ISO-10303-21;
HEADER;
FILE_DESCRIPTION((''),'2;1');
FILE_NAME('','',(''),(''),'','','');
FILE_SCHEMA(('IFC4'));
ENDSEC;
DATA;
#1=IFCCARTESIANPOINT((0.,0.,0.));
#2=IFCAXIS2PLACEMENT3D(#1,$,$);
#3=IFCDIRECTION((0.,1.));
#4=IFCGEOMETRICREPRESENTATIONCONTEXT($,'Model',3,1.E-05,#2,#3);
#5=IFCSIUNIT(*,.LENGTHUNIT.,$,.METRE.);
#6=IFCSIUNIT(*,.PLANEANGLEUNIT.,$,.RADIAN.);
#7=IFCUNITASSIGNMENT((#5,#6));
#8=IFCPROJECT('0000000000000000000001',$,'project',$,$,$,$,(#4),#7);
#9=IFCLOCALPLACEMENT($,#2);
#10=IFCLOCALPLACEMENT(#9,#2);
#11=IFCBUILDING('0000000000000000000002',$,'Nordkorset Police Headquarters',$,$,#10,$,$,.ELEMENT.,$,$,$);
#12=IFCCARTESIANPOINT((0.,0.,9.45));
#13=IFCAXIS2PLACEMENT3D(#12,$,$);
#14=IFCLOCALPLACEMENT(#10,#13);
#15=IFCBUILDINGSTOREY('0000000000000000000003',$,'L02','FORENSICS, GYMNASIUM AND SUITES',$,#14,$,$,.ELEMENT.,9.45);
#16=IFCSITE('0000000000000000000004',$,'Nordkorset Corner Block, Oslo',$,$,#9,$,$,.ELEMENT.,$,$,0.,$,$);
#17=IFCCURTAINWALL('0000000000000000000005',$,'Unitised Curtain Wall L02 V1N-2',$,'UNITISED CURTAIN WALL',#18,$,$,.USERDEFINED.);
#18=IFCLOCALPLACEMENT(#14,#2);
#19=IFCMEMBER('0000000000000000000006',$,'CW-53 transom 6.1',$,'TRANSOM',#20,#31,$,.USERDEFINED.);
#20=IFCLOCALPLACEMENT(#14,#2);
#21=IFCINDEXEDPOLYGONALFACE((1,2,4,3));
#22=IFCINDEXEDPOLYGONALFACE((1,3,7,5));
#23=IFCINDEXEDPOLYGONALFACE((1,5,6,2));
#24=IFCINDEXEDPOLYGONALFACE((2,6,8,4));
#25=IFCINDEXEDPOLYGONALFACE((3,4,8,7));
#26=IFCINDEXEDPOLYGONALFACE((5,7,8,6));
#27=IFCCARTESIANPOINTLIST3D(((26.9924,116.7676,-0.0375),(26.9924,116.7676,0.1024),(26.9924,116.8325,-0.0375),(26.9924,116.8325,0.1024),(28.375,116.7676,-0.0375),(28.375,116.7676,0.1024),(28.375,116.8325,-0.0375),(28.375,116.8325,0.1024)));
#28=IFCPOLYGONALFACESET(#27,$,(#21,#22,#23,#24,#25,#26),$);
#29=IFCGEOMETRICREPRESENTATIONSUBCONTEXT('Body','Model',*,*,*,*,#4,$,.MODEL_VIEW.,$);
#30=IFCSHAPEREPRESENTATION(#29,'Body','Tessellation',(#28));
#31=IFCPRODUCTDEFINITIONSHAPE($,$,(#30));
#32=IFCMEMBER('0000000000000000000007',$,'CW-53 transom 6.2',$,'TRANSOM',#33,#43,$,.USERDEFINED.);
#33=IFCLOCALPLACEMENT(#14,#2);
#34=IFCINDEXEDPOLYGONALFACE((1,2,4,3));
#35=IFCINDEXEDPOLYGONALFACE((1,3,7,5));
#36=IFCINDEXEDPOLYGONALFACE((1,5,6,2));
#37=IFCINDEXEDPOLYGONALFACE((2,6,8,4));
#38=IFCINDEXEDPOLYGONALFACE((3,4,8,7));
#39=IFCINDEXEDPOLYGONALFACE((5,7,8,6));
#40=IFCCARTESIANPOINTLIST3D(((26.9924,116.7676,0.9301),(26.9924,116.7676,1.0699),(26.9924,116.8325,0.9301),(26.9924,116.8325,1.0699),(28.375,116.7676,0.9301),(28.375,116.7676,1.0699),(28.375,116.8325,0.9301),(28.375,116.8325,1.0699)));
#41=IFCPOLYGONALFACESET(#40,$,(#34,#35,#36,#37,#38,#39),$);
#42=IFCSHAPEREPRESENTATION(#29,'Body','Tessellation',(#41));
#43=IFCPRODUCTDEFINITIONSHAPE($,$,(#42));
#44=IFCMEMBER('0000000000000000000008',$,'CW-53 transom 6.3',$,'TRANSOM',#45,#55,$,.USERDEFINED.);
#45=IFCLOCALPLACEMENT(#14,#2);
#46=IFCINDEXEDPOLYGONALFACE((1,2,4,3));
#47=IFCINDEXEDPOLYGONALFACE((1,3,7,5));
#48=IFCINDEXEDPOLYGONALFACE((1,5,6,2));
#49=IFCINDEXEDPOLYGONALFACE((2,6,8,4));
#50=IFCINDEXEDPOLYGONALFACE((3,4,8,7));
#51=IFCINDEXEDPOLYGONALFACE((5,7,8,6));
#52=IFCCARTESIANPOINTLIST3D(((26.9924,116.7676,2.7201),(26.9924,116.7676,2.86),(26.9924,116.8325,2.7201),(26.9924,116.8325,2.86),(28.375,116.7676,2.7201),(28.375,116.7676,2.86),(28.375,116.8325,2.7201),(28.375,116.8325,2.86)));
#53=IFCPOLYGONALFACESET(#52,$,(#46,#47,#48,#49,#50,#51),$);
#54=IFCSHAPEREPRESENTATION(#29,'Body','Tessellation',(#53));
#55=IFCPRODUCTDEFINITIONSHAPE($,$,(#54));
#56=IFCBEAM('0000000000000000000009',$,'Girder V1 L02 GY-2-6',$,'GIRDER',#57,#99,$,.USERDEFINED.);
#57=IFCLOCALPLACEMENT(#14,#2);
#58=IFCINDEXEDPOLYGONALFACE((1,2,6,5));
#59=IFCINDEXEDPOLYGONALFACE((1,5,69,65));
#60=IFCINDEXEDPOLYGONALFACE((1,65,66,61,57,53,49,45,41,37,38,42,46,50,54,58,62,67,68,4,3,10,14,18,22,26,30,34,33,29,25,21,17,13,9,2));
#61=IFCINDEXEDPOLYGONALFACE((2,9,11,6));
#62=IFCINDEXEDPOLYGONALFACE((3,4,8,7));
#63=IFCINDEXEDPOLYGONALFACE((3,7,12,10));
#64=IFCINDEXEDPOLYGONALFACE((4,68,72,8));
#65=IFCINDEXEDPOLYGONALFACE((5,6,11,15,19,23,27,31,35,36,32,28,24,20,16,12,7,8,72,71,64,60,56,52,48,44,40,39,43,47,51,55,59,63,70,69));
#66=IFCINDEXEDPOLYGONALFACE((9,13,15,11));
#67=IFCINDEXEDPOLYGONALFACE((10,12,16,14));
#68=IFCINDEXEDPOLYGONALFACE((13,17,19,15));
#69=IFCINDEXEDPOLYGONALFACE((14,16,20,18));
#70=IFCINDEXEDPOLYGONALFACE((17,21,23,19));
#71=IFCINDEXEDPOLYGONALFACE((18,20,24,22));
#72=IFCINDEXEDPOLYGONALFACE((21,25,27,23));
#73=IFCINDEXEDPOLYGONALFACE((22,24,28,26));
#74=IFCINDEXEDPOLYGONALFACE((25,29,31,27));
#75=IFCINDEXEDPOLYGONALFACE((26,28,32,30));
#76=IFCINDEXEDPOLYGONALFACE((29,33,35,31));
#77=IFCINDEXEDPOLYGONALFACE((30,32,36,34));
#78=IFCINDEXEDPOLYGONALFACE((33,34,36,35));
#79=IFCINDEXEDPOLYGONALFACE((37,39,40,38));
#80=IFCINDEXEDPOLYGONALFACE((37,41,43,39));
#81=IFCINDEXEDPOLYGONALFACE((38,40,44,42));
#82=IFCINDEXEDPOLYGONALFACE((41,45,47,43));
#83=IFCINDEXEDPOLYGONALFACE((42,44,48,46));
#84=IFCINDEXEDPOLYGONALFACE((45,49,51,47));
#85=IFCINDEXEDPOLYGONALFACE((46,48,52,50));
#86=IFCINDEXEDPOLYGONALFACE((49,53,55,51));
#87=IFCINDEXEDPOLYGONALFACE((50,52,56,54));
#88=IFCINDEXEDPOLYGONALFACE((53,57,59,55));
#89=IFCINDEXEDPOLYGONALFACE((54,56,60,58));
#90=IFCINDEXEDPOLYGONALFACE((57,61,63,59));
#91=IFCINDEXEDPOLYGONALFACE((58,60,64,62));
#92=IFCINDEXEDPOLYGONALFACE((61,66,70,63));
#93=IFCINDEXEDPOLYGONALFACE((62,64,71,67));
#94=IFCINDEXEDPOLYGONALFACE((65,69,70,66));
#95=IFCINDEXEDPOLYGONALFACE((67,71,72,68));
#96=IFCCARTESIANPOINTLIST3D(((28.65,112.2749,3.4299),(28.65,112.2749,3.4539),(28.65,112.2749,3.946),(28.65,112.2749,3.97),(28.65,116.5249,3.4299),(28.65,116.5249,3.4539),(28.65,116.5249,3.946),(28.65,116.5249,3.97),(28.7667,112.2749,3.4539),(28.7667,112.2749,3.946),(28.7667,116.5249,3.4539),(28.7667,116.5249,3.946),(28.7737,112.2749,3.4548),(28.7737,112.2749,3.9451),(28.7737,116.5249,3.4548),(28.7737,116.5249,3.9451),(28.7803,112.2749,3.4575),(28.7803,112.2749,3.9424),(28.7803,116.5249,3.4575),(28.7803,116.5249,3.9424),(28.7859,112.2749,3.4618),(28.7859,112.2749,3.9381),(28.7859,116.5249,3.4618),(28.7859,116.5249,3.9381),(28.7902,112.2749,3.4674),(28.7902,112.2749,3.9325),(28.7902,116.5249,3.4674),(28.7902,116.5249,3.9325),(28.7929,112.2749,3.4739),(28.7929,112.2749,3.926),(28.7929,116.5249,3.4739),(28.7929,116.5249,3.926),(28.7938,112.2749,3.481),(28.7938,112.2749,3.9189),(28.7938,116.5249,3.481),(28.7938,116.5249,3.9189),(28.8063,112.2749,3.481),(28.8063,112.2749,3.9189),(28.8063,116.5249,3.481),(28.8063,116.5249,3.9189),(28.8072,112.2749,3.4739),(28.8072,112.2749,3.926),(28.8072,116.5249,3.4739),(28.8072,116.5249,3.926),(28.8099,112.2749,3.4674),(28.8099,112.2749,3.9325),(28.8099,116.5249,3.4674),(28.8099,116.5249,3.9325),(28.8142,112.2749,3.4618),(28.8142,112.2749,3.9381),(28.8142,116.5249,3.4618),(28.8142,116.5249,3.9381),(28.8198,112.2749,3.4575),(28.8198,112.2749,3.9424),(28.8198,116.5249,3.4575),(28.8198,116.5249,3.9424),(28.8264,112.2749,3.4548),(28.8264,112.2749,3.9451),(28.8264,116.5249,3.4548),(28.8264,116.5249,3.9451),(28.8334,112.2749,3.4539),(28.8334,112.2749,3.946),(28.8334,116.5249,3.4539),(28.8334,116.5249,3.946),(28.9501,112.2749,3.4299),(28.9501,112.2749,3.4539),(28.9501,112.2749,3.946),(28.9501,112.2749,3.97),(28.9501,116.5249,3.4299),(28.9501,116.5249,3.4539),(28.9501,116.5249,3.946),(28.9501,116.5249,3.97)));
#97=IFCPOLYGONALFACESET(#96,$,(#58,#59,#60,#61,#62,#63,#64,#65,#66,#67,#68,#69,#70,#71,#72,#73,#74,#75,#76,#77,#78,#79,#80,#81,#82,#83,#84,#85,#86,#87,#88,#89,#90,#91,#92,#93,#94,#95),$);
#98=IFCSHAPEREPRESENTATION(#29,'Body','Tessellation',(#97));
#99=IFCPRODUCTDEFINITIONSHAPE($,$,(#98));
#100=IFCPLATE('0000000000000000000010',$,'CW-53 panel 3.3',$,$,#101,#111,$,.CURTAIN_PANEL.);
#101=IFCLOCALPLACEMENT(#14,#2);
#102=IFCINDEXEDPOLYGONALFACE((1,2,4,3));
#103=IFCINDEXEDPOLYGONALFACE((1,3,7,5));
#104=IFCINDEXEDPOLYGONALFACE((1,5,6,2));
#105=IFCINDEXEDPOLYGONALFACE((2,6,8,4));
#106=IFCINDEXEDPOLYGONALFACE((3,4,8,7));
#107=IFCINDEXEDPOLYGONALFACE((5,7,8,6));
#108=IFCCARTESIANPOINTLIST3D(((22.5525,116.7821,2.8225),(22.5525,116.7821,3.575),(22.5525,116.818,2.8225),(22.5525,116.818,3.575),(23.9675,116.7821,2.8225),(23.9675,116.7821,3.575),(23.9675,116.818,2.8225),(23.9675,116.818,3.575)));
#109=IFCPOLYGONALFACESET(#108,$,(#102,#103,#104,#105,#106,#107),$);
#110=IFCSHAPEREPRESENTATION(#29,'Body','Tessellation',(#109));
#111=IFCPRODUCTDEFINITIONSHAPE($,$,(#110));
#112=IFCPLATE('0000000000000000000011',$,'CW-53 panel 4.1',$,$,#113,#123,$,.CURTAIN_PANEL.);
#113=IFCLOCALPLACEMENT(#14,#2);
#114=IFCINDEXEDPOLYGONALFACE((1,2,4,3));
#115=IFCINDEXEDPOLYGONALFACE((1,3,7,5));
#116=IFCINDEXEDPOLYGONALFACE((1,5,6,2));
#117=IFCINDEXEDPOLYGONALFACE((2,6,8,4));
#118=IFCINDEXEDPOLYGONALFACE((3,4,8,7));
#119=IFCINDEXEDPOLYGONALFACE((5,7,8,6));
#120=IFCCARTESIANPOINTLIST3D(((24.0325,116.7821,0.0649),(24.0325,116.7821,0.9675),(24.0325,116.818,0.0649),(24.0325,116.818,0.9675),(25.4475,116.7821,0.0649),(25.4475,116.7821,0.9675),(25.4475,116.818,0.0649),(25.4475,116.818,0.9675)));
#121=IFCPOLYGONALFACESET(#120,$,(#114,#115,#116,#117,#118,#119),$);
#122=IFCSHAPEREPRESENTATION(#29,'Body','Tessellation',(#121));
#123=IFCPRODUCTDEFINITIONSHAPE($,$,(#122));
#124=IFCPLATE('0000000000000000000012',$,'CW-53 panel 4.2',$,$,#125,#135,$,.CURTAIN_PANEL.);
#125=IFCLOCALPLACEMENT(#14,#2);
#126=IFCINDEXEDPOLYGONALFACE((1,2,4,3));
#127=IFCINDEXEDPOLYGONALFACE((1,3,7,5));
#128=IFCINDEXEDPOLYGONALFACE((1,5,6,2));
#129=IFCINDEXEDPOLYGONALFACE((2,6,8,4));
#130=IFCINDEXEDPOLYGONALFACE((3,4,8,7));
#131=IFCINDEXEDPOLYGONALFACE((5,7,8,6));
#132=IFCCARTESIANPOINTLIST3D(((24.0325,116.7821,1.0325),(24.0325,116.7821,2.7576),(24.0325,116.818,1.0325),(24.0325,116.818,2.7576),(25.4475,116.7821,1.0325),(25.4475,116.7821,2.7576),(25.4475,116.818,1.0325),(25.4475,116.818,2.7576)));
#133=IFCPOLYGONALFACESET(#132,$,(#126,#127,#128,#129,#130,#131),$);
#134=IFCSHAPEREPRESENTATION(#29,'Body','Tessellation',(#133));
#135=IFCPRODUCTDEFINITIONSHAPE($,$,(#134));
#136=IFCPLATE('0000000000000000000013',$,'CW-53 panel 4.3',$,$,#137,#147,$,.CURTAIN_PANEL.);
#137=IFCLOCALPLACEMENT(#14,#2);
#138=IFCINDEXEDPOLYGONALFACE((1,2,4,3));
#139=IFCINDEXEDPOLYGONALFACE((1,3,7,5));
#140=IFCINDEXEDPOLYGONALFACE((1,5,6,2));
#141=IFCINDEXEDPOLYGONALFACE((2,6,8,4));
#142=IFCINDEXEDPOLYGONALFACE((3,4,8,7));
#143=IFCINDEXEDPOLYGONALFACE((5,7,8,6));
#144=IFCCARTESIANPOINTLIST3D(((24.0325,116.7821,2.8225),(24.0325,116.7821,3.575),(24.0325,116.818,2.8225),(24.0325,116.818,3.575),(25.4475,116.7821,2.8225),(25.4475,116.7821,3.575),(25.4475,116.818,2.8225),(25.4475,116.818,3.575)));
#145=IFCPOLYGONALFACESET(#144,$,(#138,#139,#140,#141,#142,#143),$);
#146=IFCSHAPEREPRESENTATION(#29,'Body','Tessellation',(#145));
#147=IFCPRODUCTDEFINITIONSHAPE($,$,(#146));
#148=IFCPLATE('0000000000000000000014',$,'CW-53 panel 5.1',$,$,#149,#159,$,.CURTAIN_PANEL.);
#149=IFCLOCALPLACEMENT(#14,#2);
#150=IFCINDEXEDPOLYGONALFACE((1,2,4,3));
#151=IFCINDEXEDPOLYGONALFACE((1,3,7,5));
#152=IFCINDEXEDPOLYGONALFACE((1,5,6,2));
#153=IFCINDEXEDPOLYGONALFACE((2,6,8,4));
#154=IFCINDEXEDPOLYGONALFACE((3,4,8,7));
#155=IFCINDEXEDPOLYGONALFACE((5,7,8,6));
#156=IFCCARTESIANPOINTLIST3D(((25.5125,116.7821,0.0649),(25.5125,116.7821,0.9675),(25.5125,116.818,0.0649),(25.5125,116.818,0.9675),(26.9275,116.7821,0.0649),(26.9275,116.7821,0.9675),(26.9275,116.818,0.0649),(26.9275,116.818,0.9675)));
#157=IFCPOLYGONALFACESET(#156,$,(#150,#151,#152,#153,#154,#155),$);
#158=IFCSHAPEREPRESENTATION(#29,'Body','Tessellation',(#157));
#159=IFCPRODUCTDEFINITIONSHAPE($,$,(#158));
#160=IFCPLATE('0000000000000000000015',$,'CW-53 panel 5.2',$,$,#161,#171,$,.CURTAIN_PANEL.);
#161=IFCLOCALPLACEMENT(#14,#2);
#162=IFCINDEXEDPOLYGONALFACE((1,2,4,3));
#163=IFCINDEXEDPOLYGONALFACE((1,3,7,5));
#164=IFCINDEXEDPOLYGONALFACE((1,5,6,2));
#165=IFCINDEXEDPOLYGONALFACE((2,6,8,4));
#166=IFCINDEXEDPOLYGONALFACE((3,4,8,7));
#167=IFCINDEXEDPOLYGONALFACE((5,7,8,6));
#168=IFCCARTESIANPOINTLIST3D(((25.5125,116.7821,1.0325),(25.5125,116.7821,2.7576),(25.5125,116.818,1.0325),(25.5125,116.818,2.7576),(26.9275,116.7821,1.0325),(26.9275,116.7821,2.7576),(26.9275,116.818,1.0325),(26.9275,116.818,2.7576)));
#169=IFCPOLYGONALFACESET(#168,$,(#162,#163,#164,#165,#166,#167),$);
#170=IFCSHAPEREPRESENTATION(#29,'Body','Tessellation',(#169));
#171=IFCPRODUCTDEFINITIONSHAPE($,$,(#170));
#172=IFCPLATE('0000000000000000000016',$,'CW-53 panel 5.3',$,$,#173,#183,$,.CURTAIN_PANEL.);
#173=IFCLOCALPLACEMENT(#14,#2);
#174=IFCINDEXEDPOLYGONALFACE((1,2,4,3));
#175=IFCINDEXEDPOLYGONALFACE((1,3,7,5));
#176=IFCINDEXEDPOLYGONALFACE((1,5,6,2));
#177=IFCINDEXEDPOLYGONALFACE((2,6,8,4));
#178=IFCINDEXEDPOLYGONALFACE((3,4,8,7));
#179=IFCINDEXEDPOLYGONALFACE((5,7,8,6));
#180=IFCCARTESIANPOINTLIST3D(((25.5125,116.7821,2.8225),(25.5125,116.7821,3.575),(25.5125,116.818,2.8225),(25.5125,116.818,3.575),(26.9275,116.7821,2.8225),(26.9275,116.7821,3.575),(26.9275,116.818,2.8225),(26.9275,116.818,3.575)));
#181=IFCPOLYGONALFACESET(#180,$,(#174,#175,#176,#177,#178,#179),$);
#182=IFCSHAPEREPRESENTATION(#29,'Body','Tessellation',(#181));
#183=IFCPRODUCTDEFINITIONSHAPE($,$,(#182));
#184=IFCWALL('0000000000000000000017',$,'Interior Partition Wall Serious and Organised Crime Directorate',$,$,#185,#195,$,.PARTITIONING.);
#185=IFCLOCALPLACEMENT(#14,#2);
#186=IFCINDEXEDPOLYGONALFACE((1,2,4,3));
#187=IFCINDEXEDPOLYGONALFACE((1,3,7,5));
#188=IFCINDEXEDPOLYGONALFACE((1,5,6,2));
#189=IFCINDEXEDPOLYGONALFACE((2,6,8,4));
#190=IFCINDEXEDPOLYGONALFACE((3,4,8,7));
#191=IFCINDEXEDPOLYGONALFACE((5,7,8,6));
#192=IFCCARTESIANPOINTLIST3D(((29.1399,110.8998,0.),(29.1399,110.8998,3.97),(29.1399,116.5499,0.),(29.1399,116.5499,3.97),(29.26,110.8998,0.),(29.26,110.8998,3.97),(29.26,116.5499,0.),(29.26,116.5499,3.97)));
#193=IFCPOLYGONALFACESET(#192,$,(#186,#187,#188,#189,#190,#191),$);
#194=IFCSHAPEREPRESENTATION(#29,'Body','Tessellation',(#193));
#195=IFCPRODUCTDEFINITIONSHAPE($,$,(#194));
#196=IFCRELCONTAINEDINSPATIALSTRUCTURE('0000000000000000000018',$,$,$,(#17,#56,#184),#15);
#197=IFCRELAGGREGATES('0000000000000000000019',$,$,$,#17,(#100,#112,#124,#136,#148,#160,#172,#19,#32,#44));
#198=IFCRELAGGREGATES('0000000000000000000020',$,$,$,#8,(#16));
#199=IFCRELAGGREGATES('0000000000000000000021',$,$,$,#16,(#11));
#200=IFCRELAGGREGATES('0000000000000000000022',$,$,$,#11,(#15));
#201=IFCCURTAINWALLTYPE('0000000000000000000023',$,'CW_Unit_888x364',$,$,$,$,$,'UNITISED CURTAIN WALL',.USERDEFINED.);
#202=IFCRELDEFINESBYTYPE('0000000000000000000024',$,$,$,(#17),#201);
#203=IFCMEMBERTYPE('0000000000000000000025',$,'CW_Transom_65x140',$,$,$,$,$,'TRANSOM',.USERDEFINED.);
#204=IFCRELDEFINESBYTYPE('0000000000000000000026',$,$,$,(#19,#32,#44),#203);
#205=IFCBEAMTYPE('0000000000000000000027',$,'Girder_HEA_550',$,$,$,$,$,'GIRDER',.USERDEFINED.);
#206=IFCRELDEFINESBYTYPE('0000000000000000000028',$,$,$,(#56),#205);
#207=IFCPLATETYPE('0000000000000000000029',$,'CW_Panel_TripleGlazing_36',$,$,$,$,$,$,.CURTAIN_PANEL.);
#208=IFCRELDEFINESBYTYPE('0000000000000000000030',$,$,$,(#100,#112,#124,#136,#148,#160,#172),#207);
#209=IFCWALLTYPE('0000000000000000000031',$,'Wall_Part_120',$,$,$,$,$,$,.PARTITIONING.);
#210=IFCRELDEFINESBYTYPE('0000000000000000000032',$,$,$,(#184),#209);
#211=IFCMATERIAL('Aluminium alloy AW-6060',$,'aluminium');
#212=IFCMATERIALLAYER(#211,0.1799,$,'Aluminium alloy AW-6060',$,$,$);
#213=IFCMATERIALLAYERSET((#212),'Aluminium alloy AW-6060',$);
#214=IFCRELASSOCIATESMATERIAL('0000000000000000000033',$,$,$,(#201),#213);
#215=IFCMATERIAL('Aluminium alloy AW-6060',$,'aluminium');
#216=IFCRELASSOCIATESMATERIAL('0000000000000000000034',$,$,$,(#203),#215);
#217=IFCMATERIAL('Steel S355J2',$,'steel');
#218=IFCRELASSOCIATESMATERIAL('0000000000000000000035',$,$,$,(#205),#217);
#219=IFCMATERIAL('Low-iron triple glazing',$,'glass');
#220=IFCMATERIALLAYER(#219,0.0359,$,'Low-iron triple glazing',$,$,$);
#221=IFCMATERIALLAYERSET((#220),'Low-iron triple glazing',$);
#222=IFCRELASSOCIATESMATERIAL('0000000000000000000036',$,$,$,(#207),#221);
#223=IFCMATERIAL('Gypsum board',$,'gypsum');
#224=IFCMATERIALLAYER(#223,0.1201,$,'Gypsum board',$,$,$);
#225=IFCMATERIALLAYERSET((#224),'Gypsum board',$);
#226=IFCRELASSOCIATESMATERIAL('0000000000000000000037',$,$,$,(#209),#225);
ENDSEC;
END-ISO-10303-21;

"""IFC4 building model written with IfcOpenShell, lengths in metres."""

from ifc_helpers import new_model, si_unit, direction, frame, frame_2d, origin, origin_2d, place, context, subcontext, project, spatial, rectangle, i_section, extrude, material, layer, layer_set, material_profile, profile_set, type_object, element, aggregate, save


model = new_model("IFC4")

# Units and contexts
model_context = context("Model", 3, precision=1e-05, world=origin(), true_north=direction((0.0, 1.0)))
body_context = subcontext(model_context, "Body", "Model", "MODEL_VIEW")
ifc_project = project(units=[si_unit("LENGTHUNIT", "METRE"), si_unit("PLANEANGLEUNIT", "RADIAN")], contexts=[model_context])

# Site, building, storey
site_placement = place(None, origin())
site = spatial("IfcSite", under=ifc_project, at=site_placement, Name="Nordkorset Corner Block, Oslo", CompositionType="ELEMENT", RefElevation=0.0)
building_placement = place(site_placement, origin())
building = spatial("IfcBuilding", under=site, at=building_placement, Name="Nordkorset Police Headquarters", CompositionType="ELEMENT")
storey_placement = place(building_placement, frame((0.0, 0.0, 9.45)))
storey = spatial("IfcBuildingStorey", under=building, at=storey_placement, Name="L02", Description="FORENSICS, GYMNASIUM AND SUITES", CompositionType="ELEMENT", Elevation=9.45)

# Curtain wall, members
ifc_material_1 = material(Name="Aluminium alloy AW-6060", Category="aluminium")
ifc_layer_1 = layer(ifc_material_1, 0.1799, Name="Aluminium alloy AW-6060")
ifc_layer_set_1 = layer_set([ifc_layer_1], Name="Aluminium alloy AW-6060")
curtain_wall_type = type_object("IfcCurtainWallType", Name="CW_Unit_888x364", ElementType="UNITISED CURTAIN WALL", PredefinedType="USERDEFINED", material=ifc_layer_set_1)
curtain_wall_placement = place(storey_placement, origin())
curtain_wall = element("IfcCurtainWall", 1, at=curtain_wall_placement, inside=storey, type_object=curtain_wall_type, Name="Unitised Curtain Wall L02 V1N-2", ObjectType="UNITISED CURTAIN WALL", PredefinedType="USERDEFINED")
ifc_material_2 = material(Name="Aluminium alloy AW-6060", Category="aluminium")
ifc_material_profile_1 = material_profile(ifc_material_2, rectangle(XDim=0.0649, YDim=0.1399, at=origin_2d()), Name="ALU TRAN 65x140")
ifc_profile_set_1 = profile_set([ifc_material_profile_1], Name="Aluminium alloy AW-6060")
member_type_1 = type_object("IfcMemberType", Name="CW_Transom_65x140", ElementType="TRANSOM", PredefinedType="USERDEFINED", material=ifc_profile_set_1)
member_1_placement = place(storey_placement, frame((26.9924, 116.8, 0.0325), z_axis=(1.0, 0.0, 0.0), x_axis=(0.0, 1.0, 0.0)))
member_1 = element("IfcMember", 2, at=member_1_placement, type_object=member_type_1, Name="CW-53 transom 6.1", ObjectType="TRANSOM", PredefinedType="USERDEFINED", context=body_context, shape_type="SweptSolid", body=[
    extrude(rectangle(XDim=0.0649, YDim=0.1399, at=origin_2d()), origin(), (0.0, 0.0, 1.0), 1.3826),
])
member_2_placement = place(storey_placement, frame((26.9924, 116.8, 1.0), z_axis=(1.0, 0.0, 0.0), x_axis=(0.0, 1.0, 0.0)))
member_2 = element("IfcMember", 3, at=member_2_placement, type_object=member_type_1, Name="CW-53 transom 6.2", ObjectType="TRANSOM", PredefinedType="USERDEFINED", context=body_context, shape_type="SweptSolid", body=[
    extrude(rectangle(XDim=0.0649, YDim=0.1399, at=origin_2d()), origin(), (0.0, 0.0, 1.0), 1.3826),
])
member_3_placement = place(storey_placement, frame((26.9924, 116.8, 2.79), z_axis=(1.0, 0.0, 0.0), x_axis=(0.0, 1.0, 0.0)))
member_3 = element("IfcMember", 4, at=member_3_placement, type_object=member_type_1, Name="CW-53 transom 6.3", ObjectType="TRANSOM", PredefinedType="USERDEFINED", context=body_context, shape_type="SweptSolid", body=[
    extrude(rectangle(XDim=0.0649, YDim=0.1399, at=origin_2d()), origin(), (0.0, 0.0, 1.0), 1.3826),
])

# Beam
ifc_material_3 = material(Name="Steel S355J2", Category="steel")
ifc_material_profile_2 = material_profile(ifc_material_3, i_section(OverallWidth=0.3, OverallDepth=0.54, WebThickness=0.0125, FlangeThickness=0.0239, FilletRadius=0.0271, at=origin_2d()), Name="HEA 550")
ifc_profile_set_2 = profile_set([ifc_material_profile_2], Name="Steel S355J2")
beam_type_1 = type_object("IfcBeamType", Name="Girder_HEA_550", ElementType="GIRDER", PredefinedType="USERDEFINED", material=ifc_profile_set_2)
beam_1_placement = place(storey_placement, frame((28.8, 112.2749, 3.7), z_axis=(0.0, 1.0, 0.0), x_axis=(-1.0, 0.0, 0.0)))
element("IfcBeam", 5, at=beam_1_placement, inside=storey, type_object=beam_type_1, Name="Girder V1 L02 GY-2-6", ObjectType="GIRDER", PredefinedType="USERDEFINED", context=body_context, shape_type="SweptSolid", body=[
    extrude(i_section(OverallWidth=0.3, OverallDepth=0.54, WebThickness=0.0125, FlangeThickness=0.0239, FilletRadius=0.0271, at=origin_2d()), origin(), (0.0, 0.0, 1.0), 4.25),
])

# Plates
ifc_material_4 = material(Name="Low-iron triple glazing", Category="glass")
ifc_layer_2 = layer(ifc_material_4, 0.0359, Name="Low-iron triple glazing")
ifc_layer_set_2 = layer_set([ifc_layer_2], Name="Low-iron triple glazing")
plate_type = type_object("IfcPlateType", Name="CW_Panel_TripleGlazing_36", PredefinedType="CURTAIN_PANEL", material=ifc_layer_set_2)
plate_1_placement = place(storey_placement, frame((23.26, 116.8, 2.8225), z_axis=(0.0, 0.0, 1.0), x_axis=(1.0, 0.0, 0.0)))
plate_1 = element("IfcPlate", 6, at=plate_1_placement, type_object=plate_type, Name="CW-53 panel 3.3", PredefinedType="CURTAIN_PANEL", context=body_context, shape_type="SweptSolid", body=[
    extrude(rectangle(XDim=1.415, YDim=0.0359, at=origin_2d()), origin(), (0.0, 0.0, 1.0), 0.7524),
])
plate_2_placement = place(storey_placement, frame((24.74, 116.8, 0.0649), z_axis=(0.0, 0.0, 1.0), x_axis=(1.0, 0.0, 0.0)))
plate_2 = element("IfcPlate", 7, at=plate_2_placement, type_object=plate_type, Name="CW-53 panel 4.1", PredefinedType="CURTAIN_PANEL", context=body_context, shape_type="SweptSolid", body=[
    extrude(rectangle(XDim=1.415, YDim=0.0359, at=origin_2d()), origin(), (0.0, 0.0, 1.0), 0.9026),
])
plate_3_placement = place(storey_placement, frame((24.74, 116.8, 1.0325), z_axis=(0.0, 0.0, 1.0), x_axis=(1.0, 0.0, 0.0)))
plate_3 = element("IfcPlate", 8, at=plate_3_placement, type_object=plate_type, Name="CW-53 panel 4.2", PredefinedType="CURTAIN_PANEL", context=body_context, shape_type="SweptSolid", body=[
    extrude(rectangle(XDim=1.415, YDim=0.0359, at=origin_2d()), origin(), (0.0, 0.0, 1.0), 1.7251),
])
plate_4_placement = place(storey_placement, frame((24.74, 116.8, 2.8225), z_axis=(0.0, 0.0, 1.0), x_axis=(1.0, 0.0, 0.0)))
plate_4 = element("IfcPlate", 9, at=plate_4_placement, type_object=plate_type, Name="CW-53 panel 4.3", PredefinedType="CURTAIN_PANEL", context=body_context, shape_type="SweptSolid", body=[
    extrude(rectangle(XDim=1.415, YDim=0.0359, at=origin_2d()), origin(), (0.0, 0.0, 1.0), 0.7524),
])
plate_5_placement = place(storey_placement, frame((26.22, 116.8, 0.0649), z_axis=(0.0, 0.0, 1.0), x_axis=(1.0, 0.0, 0.0)))
plate_5 = element("IfcPlate", 10, at=plate_5_placement, type_object=plate_type, Name="CW-53 panel 5.1", PredefinedType="CURTAIN_PANEL", context=body_context, shape_type="SweptSolid", body=[
    extrude(rectangle(XDim=1.415, YDim=0.0359, at=origin_2d()), origin(), (0.0, 0.0, 1.0), 0.9026),
])
plate_6_placement = place(storey_placement, frame((26.22, 116.8, 1.0325), z_axis=(0.0, 0.0, 1.0), x_axis=(1.0, 0.0, 0.0)))
plate_6 = element("IfcPlate", 11, at=plate_6_placement, type_object=plate_type, Name="CW-53 panel 5.2", PredefinedType="CURTAIN_PANEL", context=body_context, shape_type="SweptSolid", body=[
    extrude(rectangle(XDim=1.415, YDim=0.0359, at=origin_2d()), origin(), (0.0, 0.0, 1.0), 1.7251),
])
plate_7_placement = place(storey_placement, frame((26.22, 116.8, 2.8225), z_axis=(0.0, 0.0, 1.0), x_axis=(1.0, 0.0, 0.0)))
plate_7 = element("IfcPlate", 12, at=plate_7_placement, type_object=plate_type, Name="CW-53 panel 5.3", PredefinedType="CURTAIN_PANEL", context=body_context, shape_type="SweptSolid", body=[
    extrude(rectangle(XDim=1.415, YDim=0.0359, at=origin_2d()), origin(), (0.0, 0.0, 1.0), 0.7524),
])
aggregate(curtain_wall, [plate_1, plate_2, plate_3, plate_4, plate_5, plate_6, plate_7, member_1, member_2, member_3])

# Wall
ifc_material_5 = material(Name="Gypsum board", Category="gypsum")
ifc_layer_3 = layer(ifc_material_5, 0.1201, Name="Gypsum board")
ifc_layer_set_3 = layer_set([ifc_layer_3], Name="Gypsum board")
wall_type = type_object("IfcWallType", Name="Wall_Part_120", PredefinedType="PARTITIONING", material=ifc_layer_set_3)
wall_placement = place(storey_placement, frame((29.2, 116.55, 0.0), z_axis=(0.0, 0.0, 1.0), x_axis=(0.0, -1.0, 0.0)))
element("IfcWall", 13, at=wall_placement, inside=storey, type_object=wall_type, Name="Interior Partition Wall Serious and Organised Crime Directorate", PredefinedType="PARTITIONING", context=body_context, shape_type="SweptSolid", body=[
    extrude(rectangle(XDim=5.6501, YDim=0.1201, at=frame_2d((2.8252, 0.0))), origin(), (0.0, 0.0, 1.0), 3.97),
])

save(model, "model.ifc")
